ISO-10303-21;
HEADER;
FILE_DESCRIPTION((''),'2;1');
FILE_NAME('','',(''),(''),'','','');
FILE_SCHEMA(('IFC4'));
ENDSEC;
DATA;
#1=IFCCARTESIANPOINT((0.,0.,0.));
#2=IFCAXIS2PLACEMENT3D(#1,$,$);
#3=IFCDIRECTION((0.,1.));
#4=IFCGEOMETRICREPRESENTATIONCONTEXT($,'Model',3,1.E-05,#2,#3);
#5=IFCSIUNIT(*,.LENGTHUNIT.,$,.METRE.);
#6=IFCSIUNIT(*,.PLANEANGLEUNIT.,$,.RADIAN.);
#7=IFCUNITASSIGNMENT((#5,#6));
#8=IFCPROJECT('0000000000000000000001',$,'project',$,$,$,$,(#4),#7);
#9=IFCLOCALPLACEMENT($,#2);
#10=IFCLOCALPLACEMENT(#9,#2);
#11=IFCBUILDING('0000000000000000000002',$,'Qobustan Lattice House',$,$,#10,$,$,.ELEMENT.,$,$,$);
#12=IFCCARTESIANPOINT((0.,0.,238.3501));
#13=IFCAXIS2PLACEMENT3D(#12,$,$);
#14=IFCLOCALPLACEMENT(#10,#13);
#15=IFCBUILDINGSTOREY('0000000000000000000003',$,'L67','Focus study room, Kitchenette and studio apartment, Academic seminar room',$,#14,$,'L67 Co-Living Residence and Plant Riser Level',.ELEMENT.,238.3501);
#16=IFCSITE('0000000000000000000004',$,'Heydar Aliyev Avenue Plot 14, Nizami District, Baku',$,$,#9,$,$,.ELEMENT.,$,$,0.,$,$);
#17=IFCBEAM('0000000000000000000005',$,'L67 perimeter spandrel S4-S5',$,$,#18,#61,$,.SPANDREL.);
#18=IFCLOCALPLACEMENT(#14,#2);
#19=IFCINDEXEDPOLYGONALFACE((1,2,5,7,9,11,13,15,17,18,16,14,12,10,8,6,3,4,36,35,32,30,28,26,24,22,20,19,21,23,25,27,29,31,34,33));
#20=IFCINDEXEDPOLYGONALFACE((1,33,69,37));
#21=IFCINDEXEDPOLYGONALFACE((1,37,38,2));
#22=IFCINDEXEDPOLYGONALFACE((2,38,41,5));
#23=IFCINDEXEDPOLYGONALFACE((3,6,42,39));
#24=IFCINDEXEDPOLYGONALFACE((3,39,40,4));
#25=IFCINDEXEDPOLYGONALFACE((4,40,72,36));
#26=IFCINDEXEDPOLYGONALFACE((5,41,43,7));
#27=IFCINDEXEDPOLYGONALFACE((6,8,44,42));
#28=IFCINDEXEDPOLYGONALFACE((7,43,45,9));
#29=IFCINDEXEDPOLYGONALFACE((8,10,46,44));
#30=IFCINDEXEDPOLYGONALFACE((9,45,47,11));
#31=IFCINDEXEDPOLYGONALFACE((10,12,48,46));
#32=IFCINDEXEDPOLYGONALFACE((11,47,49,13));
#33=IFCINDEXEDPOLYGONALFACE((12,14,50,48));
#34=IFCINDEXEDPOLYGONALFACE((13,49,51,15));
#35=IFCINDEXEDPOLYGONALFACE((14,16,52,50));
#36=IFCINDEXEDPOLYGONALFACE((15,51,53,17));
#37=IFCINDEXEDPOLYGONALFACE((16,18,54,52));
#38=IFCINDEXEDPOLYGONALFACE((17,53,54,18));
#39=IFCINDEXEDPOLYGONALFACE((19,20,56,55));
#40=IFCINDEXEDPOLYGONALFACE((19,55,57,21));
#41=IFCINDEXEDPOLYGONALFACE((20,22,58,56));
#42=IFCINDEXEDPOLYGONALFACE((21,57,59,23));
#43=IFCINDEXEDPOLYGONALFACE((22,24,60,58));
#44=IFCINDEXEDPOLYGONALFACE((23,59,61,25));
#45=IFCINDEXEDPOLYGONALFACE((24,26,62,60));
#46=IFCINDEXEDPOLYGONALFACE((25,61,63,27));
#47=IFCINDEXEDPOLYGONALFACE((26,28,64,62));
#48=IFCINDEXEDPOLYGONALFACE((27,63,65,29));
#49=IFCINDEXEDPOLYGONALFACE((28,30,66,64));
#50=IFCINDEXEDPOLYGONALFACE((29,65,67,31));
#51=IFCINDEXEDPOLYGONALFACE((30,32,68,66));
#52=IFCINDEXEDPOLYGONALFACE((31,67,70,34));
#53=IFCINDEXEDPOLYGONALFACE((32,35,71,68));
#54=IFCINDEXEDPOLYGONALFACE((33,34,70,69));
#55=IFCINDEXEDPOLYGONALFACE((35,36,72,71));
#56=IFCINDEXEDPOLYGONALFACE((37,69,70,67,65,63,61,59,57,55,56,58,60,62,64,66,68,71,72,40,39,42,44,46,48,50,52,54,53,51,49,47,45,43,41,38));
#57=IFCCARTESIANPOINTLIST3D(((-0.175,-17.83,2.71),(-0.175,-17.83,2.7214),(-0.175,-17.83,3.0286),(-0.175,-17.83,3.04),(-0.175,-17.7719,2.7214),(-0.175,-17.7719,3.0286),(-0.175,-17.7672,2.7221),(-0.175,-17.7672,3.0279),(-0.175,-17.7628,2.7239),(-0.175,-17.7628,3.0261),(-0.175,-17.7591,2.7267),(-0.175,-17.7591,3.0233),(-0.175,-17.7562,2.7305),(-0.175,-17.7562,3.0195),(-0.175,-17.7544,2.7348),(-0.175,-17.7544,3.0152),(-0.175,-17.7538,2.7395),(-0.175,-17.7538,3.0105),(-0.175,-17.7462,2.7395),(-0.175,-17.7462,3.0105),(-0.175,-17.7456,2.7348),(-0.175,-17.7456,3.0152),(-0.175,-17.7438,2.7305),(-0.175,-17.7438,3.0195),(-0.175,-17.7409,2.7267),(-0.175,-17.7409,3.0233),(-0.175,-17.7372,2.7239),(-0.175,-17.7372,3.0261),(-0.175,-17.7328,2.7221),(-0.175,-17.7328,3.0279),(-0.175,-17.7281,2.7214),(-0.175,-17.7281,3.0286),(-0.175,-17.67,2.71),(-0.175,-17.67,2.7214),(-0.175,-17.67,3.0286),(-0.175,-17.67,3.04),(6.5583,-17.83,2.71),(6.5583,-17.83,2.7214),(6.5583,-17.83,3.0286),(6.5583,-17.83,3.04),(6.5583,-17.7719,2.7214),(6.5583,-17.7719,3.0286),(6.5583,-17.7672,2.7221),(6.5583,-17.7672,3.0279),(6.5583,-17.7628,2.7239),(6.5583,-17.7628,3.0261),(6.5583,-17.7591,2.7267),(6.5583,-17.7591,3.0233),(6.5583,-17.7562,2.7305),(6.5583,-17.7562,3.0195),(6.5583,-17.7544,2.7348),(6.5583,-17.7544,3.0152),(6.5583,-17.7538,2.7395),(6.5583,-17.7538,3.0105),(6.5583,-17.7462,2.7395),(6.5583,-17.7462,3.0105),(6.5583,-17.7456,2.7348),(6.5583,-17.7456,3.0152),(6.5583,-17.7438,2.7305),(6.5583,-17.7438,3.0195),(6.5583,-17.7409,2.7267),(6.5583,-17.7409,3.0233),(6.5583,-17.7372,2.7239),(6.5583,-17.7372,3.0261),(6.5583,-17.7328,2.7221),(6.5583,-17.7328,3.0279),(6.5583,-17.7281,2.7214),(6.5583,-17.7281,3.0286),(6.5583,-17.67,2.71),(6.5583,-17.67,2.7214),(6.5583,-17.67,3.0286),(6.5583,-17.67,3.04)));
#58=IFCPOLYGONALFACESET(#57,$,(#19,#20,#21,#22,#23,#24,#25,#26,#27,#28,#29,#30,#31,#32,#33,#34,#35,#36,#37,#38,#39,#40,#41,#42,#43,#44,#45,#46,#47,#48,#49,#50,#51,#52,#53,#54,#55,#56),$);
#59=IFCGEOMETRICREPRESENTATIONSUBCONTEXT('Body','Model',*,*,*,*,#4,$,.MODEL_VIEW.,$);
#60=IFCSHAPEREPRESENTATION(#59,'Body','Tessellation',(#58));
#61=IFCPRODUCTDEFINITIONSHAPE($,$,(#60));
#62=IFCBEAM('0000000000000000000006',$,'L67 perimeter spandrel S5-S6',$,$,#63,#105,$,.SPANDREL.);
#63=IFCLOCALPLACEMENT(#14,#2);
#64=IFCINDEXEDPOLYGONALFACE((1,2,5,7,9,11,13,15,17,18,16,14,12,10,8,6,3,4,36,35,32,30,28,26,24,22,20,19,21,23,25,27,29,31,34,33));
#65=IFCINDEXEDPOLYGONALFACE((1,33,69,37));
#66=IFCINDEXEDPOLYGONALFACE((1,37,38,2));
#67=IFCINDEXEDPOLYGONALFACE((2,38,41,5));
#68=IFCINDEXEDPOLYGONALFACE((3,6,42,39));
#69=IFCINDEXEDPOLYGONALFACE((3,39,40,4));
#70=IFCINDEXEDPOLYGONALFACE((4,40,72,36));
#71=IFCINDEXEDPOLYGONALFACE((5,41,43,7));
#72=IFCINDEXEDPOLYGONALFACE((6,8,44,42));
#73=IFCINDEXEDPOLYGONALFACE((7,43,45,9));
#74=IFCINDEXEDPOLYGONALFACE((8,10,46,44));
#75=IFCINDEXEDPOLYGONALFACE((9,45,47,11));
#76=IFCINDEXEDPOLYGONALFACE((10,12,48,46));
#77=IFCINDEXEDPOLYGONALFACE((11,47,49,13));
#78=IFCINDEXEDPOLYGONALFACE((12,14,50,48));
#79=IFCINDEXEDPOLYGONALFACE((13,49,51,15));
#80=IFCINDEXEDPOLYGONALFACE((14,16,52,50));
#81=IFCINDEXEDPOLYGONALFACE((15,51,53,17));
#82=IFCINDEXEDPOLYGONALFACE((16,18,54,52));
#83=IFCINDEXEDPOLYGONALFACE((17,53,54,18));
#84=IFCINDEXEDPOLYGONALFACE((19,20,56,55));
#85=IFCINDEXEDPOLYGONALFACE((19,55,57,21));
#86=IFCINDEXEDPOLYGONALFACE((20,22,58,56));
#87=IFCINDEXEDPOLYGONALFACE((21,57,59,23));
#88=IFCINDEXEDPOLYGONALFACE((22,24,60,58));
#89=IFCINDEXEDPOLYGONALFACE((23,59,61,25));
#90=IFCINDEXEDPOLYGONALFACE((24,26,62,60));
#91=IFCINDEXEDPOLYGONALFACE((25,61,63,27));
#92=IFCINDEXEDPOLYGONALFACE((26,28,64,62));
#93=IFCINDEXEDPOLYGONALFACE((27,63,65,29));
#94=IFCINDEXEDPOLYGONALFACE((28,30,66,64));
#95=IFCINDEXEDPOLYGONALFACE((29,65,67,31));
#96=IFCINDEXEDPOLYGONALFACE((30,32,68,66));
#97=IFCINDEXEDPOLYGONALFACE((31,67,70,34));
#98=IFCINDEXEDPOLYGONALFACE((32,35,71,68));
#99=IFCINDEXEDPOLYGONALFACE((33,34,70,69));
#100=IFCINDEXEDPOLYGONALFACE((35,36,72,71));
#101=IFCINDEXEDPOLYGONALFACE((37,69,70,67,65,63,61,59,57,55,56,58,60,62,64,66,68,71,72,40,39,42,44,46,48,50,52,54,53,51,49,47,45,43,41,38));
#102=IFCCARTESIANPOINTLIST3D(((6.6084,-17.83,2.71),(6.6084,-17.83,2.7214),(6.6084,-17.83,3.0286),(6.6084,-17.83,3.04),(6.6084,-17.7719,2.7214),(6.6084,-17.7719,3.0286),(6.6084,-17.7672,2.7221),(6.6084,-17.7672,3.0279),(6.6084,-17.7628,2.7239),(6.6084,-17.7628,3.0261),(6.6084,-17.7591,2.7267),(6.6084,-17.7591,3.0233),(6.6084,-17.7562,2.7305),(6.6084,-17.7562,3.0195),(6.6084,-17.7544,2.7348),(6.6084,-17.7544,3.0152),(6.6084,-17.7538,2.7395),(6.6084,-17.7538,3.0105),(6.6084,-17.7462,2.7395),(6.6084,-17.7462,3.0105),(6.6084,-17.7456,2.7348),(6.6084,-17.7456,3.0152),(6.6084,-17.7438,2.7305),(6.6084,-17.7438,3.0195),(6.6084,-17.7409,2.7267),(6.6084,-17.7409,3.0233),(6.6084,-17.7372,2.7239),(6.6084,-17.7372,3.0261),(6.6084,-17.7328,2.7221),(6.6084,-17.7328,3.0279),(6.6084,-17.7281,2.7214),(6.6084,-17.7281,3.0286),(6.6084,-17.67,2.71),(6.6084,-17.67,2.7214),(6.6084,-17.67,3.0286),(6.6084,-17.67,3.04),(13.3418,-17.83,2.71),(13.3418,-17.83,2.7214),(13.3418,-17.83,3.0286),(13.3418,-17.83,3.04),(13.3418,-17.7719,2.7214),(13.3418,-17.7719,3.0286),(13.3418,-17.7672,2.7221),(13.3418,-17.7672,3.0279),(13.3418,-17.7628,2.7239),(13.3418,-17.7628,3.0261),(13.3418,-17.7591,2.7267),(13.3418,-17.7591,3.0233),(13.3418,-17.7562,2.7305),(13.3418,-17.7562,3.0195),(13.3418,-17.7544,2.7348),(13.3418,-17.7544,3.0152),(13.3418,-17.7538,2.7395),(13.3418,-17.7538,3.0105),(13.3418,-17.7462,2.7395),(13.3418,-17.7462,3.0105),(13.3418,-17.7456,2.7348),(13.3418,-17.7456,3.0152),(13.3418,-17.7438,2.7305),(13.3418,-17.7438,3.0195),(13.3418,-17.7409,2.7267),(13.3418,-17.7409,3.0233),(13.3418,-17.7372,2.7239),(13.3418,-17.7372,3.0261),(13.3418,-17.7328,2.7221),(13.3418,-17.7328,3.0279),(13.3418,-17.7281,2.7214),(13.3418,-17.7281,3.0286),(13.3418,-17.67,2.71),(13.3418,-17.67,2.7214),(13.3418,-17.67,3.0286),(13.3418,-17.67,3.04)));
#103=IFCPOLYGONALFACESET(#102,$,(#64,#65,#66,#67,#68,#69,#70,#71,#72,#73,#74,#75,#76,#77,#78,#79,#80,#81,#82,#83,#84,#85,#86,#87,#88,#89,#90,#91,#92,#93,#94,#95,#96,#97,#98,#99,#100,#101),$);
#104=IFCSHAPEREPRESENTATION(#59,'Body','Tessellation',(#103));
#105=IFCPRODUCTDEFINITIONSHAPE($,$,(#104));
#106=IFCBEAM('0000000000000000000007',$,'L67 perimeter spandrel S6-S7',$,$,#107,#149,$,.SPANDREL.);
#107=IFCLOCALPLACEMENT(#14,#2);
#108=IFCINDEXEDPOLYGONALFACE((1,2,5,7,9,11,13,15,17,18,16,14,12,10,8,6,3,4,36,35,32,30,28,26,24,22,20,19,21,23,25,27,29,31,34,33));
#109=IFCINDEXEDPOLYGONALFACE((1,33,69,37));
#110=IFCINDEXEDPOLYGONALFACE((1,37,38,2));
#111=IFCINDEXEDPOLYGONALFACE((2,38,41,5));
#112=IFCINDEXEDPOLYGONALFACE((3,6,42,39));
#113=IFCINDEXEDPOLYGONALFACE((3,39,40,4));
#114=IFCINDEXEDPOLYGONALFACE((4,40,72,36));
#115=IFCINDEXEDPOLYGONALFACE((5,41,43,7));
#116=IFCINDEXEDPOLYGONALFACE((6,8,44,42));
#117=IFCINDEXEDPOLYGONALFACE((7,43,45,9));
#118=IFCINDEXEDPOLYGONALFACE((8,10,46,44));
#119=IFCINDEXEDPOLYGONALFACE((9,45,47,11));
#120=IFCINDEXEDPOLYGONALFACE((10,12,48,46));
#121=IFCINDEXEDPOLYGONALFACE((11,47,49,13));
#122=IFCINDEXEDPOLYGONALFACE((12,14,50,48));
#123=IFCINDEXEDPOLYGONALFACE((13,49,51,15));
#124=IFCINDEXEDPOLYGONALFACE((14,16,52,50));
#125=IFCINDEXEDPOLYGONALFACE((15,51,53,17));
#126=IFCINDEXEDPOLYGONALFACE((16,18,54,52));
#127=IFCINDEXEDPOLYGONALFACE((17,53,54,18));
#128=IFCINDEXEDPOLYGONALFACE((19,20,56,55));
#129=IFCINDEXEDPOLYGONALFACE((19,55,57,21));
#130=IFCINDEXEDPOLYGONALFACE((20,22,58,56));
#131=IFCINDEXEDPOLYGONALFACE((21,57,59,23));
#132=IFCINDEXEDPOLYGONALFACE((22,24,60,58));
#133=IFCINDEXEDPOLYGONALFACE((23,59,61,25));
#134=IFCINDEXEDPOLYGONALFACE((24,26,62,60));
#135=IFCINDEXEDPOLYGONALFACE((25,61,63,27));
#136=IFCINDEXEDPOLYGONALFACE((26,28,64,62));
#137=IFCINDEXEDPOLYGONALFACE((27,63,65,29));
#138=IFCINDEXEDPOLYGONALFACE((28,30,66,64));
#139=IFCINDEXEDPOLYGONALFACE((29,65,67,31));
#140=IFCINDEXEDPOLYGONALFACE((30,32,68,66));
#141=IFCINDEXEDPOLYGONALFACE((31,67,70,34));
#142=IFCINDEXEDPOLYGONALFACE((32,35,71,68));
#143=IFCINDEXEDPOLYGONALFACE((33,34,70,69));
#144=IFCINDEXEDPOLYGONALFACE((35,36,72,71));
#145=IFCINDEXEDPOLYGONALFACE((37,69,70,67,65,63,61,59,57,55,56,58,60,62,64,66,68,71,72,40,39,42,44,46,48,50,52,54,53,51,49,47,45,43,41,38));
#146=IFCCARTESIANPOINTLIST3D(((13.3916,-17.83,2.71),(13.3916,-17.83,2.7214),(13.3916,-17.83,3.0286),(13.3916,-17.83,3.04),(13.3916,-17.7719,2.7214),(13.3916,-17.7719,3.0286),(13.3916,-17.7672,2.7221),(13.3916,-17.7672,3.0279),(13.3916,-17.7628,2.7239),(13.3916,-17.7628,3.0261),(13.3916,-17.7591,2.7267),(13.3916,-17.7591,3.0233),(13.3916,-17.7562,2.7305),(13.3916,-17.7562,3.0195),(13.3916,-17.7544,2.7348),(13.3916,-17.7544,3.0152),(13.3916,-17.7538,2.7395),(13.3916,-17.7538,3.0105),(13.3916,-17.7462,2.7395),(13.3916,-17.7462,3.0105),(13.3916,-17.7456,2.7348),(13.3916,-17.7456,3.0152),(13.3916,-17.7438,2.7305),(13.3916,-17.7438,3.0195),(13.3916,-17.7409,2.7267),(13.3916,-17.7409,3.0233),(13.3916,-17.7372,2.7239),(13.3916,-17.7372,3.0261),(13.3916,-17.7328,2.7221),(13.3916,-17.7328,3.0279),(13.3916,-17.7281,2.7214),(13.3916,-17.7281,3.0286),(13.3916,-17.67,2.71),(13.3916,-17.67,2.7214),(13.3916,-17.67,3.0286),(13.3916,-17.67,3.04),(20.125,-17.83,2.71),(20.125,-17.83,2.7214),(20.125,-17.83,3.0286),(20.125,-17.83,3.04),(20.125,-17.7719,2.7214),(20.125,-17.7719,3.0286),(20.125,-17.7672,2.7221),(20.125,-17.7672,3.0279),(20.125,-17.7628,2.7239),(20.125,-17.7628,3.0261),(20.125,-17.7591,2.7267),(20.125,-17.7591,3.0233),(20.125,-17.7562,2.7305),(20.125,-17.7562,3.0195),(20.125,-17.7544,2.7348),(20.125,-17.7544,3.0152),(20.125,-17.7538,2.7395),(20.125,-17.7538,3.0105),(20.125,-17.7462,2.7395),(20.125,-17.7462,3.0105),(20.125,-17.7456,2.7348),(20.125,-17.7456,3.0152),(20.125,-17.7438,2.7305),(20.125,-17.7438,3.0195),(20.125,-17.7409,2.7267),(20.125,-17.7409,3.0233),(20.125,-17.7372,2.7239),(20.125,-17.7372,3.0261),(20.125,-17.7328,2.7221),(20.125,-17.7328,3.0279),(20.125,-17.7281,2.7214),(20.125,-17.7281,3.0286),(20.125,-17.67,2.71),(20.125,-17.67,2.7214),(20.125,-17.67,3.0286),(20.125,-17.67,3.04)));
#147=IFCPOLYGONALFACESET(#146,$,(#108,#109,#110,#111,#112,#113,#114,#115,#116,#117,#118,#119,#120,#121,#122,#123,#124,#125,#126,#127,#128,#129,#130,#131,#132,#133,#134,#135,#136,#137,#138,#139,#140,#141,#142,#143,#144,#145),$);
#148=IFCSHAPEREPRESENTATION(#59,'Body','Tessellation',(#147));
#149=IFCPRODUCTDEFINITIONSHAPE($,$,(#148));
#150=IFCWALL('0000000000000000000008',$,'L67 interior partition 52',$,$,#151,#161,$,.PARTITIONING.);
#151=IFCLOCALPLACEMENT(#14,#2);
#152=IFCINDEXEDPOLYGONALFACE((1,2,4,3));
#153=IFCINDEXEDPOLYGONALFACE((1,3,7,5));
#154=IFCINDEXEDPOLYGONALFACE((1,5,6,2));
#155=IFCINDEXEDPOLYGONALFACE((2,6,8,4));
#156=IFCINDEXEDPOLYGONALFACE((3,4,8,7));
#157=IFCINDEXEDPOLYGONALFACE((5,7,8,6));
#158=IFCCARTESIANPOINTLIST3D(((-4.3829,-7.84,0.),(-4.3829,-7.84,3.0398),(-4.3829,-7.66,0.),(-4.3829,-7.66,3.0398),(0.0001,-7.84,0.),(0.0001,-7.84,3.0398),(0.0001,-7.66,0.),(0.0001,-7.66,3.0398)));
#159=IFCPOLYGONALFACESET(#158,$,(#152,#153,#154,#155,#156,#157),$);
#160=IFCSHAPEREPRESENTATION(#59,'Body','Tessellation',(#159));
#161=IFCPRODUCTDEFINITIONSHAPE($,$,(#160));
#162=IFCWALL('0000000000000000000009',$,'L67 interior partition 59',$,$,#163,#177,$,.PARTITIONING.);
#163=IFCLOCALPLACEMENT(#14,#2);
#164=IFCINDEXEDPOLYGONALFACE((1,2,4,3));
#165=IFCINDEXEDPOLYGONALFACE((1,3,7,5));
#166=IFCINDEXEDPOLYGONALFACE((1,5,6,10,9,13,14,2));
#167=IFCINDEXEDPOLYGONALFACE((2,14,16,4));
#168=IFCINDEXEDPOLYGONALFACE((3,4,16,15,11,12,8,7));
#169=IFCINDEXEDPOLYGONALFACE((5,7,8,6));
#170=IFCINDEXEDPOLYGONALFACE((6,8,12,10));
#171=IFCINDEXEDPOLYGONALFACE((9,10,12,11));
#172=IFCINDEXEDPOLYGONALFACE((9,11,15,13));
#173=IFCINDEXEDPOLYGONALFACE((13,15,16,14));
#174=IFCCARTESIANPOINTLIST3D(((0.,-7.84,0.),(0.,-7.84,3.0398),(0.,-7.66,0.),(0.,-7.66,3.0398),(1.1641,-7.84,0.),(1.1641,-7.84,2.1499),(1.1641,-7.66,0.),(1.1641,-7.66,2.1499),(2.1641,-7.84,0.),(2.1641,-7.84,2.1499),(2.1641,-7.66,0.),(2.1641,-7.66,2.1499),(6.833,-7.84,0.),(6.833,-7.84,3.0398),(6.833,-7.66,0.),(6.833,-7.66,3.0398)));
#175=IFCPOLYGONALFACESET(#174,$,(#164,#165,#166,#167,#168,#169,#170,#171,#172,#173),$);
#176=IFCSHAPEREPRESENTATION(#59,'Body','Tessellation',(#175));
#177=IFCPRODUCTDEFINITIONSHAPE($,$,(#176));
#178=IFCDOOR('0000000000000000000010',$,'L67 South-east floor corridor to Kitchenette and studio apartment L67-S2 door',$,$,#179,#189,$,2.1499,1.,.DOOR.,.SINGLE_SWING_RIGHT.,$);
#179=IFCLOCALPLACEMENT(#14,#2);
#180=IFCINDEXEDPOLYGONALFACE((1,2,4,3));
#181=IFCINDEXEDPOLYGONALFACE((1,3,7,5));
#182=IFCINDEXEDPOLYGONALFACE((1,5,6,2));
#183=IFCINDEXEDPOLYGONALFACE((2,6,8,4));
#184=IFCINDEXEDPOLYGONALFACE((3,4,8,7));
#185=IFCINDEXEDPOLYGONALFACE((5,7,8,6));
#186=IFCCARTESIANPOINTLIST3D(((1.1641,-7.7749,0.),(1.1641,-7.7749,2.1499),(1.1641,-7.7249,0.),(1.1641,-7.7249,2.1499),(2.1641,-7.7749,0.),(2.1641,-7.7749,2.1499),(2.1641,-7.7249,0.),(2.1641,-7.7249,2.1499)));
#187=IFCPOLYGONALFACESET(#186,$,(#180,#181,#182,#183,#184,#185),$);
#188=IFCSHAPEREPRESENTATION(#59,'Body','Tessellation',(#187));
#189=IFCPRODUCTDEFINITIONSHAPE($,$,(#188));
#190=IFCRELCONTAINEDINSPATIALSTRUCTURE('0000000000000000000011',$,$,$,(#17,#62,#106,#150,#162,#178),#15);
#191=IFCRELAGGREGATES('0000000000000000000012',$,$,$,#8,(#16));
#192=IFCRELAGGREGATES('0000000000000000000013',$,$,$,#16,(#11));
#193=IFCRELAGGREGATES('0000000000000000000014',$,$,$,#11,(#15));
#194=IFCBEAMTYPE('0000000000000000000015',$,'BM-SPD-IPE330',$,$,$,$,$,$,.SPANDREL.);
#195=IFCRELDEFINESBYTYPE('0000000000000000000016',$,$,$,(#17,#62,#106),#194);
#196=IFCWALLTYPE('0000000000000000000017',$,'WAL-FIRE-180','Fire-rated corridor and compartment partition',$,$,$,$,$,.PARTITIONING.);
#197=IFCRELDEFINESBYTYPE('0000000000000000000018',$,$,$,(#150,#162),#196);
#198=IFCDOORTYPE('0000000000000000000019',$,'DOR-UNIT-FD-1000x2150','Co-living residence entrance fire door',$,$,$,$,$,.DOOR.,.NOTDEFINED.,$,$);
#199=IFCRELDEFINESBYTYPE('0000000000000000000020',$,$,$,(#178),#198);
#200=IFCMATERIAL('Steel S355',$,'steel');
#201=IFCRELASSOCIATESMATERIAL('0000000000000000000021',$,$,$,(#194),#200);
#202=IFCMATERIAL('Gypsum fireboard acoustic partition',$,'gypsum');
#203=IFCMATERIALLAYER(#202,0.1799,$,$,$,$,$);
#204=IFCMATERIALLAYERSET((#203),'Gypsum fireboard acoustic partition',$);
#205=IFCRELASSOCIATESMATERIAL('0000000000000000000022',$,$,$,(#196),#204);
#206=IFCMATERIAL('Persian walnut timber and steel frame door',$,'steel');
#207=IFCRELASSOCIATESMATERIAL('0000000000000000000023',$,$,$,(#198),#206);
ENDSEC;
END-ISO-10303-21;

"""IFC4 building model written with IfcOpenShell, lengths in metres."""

from ifc_helpers import new_model, si_unit, direction, frame, frame_2d, origin, origin_2d, place, context, subcontext, project, spatial, rectangle, i_section, extrude, material, layer, layer_set, material_profile, profile_set, type_object, element, fill, save


model = new_model("IFC4")

# Units and contexts
model_context = context("Model", 3, precision=1e-05, world=origin(), true_north=direction((0.0, 1.0)))
body_context = subcontext(model_context, "Body", "Model", "MODEL_VIEW")
ifc_project = project(units=[si_unit("LENGTHUNIT", "METRE"), si_unit("PLANEANGLEUNIT", "RADIAN")], contexts=[model_context])

# Site, building, storey
site_placement = place(None, origin())
site = spatial("IfcSite", under=ifc_project, at=site_placement, Name="Heydar Aliyev Avenue Plot 14, Nizami District, Baku", CompositionType="ELEMENT", RefElevation=0.0)
building_placement = place(site_placement, origin())
building = spatial("IfcBuilding", under=site, at=building_placement, Name="Qobustan Lattice House", CompositionType="ELEMENT")
storey_placement = place(building_placement, frame((0.0, 0.0, 238.3501)))
storey = spatial("IfcBuildingStorey", under=building, at=storey_placement, Name="L67", Description="Focus study room, Kitchenette and studio apartment, Academic seminar room", LongName="L67 Co-Living Residence and Plant Riser Level", CompositionType="ELEMENT", Elevation=238.3501)

# Beams
ifc_material_1 = material(Name="Steel S355", Category="steel")
ifc_material_profile_1 = material_profile(ifc_material_1, i_section(OverallWidth=0.1599, OverallDepth=0.3301, WebThickness=0.0076, FlangeThickness=0.0115, FilletRadius=0.0181, at=origin_2d()), Name="IPE330")
ifc_profile_set_1 = profile_set([ifc_material_profile_1], Name="Steel S355")
beam_type_1 = type_object("IfcBeamType", Name="BM-SPD-IPE330", PredefinedType="SPANDREL", material=ifc_profile_set_1)
for number, where, z_axis, x_axis, name in (
    (1, (-0.175, -17.75, 2.875), (1.0, 0.0, 0.0), (0.0, 1.0, 0.0), "L67 perimeter spandrel S4-S5"),
    (2, (6.6084, -17.75, 2.875), (1.0, 0.0, 0.0), (0.0, 1.0, 0.0), "L67 perimeter spandrel S5-S6"),
    (3, (13.3916, -17.75, 2.875), (1.0, 0.0, 0.0), (0.0, 1.0, 0.0), "L67 perimeter spandrel S6-S7"),
):
    element("IfcBeam", number, at=place(storey_placement, frame(where, z_axis=z_axis, x_axis=x_axis)), inside=storey, type_object=beam_type_1, Name=name, PredefinedType="SPANDREL", context=body_context, shape_type="SweptSolid", body=[
        extrude(i_section(OverallWidth=0.1599, OverallDepth=0.3301, WebThickness=0.0076, FlangeThickness=0.0115, FilletRadius=0.0181, at=origin_2d()), origin(), (0.0, 0.0, 1.0), 6.7334),
    ])

# Wall
ifc_material_2 = material(Name="Gypsum fireboard acoustic partition", Category="gypsum")
ifc_layer_1 = layer(ifc_material_2, 0.1799)
ifc_layer_set_1 = layer_set([ifc_layer_1], Name="Gypsum fireboard acoustic partition")
wall_type_1 = type_object("IfcWallType", Name="WAL-FIRE-180", Description="Fire-rated corridor and compartment partition", PredefinedType="PARTITIONING", material=ifc_layer_set_1)
wall_1_placement = place(storey_placement, frame((0.0, -7.75, 0.0), z_axis=(0.0, 0.0, 1.0), x_axis=(-1.0, 0.0, 0.0)))
element("IfcWall", 4, at=wall_1_placement, inside=storey, type_object=wall_type_1, Name="L67 interior partition 52", PredefinedType="PARTITIONING", context=body_context, shape_type="SweptSolid", body=[
    extrude(rectangle(XDim=4.3831, YDim=0.1799, at=frame_2d((2.1914, 0.0))), origin(), (0.0, 0.0, 1.0), 3.0398),
])

# Wall, opening, door
wall_2_placement = place(storey_placement, frame((6.833, -7.75, 0.0), z_axis=(0.0, 0.0, 1.0), x_axis=(-1.0, 0.0, 0.0)))
wall_2 = element("IfcWall", 5, at=wall_2_placement, inside=storey, type_object=wall_type_1, Name="L67 interior partition 59", PredefinedType="PARTITIONING", context=body_context, shape_type="SweptSolid", body=[
    extrude(rectangle(XDim=6.833, YDim=0.1799, at=frame_2d((3.4165, 0.0))), origin(), (0.0, 0.0, 1.0), 3.0398),
])
opening_1_placement = place(wall_2_placement, frame((4.6689, 0.0, 0.0)))
opening_1 = element("IfcOpeningElement", 6, at=opening_1_placement, cuts=wall_2, PredefinedType="OPENING", context=body_context, shape_type="SweptSolid", body=[
    extrude(rectangle(XDim=1.0, YDim=2.1499, at=frame_2d((0.5, 1.075))), frame((0.0, 0.0999, 0.0), z_axis=(0.0, -1.0, 0.0), x_axis=(1.0, 0.0, 0.0)), (0.0, 0.0, 1.0), 0.2),
])
ifc_material_3 = material(Name="Persian walnut timber and steel frame door", Category="steel")
door_type_1 = type_object("IfcDoorType", Name="DOR-UNIT-FD-1000x2150", Description="Co-living residence entrance fire door", OperationType="NOTDEFINED", PredefinedType="DOOR", material=ifc_material_3)
door_1_placement = place(opening_1_placement, origin())
door_1 = element("IfcDoor", 7, at=door_1_placement, inside=storey, type_object=door_type_1, Name="L67 South-east floor corridor to Kitchenette and studio apartment L67-S2 door", OperationType="SINGLE_SWING_RIGHT", OverallHeight=2.1499, OverallWidth=1.0, PredefinedType="DOOR", context=body_context, shape_type="SweptSolid", body=[
    extrude(rectangle(XDim=1.0, YDim=2.1499, at=frame_2d((0.5, 1.075))), frame((0.0, 0.0249, 0.0), z_axis=(0.0, -1.0, 0.0), x_axis=(1.0, 0.0, 0.0)), (0.0, 0.0, 1.0), 0.05),
])
fill(opening_1, door_1)

save(model, "model.ifc")
